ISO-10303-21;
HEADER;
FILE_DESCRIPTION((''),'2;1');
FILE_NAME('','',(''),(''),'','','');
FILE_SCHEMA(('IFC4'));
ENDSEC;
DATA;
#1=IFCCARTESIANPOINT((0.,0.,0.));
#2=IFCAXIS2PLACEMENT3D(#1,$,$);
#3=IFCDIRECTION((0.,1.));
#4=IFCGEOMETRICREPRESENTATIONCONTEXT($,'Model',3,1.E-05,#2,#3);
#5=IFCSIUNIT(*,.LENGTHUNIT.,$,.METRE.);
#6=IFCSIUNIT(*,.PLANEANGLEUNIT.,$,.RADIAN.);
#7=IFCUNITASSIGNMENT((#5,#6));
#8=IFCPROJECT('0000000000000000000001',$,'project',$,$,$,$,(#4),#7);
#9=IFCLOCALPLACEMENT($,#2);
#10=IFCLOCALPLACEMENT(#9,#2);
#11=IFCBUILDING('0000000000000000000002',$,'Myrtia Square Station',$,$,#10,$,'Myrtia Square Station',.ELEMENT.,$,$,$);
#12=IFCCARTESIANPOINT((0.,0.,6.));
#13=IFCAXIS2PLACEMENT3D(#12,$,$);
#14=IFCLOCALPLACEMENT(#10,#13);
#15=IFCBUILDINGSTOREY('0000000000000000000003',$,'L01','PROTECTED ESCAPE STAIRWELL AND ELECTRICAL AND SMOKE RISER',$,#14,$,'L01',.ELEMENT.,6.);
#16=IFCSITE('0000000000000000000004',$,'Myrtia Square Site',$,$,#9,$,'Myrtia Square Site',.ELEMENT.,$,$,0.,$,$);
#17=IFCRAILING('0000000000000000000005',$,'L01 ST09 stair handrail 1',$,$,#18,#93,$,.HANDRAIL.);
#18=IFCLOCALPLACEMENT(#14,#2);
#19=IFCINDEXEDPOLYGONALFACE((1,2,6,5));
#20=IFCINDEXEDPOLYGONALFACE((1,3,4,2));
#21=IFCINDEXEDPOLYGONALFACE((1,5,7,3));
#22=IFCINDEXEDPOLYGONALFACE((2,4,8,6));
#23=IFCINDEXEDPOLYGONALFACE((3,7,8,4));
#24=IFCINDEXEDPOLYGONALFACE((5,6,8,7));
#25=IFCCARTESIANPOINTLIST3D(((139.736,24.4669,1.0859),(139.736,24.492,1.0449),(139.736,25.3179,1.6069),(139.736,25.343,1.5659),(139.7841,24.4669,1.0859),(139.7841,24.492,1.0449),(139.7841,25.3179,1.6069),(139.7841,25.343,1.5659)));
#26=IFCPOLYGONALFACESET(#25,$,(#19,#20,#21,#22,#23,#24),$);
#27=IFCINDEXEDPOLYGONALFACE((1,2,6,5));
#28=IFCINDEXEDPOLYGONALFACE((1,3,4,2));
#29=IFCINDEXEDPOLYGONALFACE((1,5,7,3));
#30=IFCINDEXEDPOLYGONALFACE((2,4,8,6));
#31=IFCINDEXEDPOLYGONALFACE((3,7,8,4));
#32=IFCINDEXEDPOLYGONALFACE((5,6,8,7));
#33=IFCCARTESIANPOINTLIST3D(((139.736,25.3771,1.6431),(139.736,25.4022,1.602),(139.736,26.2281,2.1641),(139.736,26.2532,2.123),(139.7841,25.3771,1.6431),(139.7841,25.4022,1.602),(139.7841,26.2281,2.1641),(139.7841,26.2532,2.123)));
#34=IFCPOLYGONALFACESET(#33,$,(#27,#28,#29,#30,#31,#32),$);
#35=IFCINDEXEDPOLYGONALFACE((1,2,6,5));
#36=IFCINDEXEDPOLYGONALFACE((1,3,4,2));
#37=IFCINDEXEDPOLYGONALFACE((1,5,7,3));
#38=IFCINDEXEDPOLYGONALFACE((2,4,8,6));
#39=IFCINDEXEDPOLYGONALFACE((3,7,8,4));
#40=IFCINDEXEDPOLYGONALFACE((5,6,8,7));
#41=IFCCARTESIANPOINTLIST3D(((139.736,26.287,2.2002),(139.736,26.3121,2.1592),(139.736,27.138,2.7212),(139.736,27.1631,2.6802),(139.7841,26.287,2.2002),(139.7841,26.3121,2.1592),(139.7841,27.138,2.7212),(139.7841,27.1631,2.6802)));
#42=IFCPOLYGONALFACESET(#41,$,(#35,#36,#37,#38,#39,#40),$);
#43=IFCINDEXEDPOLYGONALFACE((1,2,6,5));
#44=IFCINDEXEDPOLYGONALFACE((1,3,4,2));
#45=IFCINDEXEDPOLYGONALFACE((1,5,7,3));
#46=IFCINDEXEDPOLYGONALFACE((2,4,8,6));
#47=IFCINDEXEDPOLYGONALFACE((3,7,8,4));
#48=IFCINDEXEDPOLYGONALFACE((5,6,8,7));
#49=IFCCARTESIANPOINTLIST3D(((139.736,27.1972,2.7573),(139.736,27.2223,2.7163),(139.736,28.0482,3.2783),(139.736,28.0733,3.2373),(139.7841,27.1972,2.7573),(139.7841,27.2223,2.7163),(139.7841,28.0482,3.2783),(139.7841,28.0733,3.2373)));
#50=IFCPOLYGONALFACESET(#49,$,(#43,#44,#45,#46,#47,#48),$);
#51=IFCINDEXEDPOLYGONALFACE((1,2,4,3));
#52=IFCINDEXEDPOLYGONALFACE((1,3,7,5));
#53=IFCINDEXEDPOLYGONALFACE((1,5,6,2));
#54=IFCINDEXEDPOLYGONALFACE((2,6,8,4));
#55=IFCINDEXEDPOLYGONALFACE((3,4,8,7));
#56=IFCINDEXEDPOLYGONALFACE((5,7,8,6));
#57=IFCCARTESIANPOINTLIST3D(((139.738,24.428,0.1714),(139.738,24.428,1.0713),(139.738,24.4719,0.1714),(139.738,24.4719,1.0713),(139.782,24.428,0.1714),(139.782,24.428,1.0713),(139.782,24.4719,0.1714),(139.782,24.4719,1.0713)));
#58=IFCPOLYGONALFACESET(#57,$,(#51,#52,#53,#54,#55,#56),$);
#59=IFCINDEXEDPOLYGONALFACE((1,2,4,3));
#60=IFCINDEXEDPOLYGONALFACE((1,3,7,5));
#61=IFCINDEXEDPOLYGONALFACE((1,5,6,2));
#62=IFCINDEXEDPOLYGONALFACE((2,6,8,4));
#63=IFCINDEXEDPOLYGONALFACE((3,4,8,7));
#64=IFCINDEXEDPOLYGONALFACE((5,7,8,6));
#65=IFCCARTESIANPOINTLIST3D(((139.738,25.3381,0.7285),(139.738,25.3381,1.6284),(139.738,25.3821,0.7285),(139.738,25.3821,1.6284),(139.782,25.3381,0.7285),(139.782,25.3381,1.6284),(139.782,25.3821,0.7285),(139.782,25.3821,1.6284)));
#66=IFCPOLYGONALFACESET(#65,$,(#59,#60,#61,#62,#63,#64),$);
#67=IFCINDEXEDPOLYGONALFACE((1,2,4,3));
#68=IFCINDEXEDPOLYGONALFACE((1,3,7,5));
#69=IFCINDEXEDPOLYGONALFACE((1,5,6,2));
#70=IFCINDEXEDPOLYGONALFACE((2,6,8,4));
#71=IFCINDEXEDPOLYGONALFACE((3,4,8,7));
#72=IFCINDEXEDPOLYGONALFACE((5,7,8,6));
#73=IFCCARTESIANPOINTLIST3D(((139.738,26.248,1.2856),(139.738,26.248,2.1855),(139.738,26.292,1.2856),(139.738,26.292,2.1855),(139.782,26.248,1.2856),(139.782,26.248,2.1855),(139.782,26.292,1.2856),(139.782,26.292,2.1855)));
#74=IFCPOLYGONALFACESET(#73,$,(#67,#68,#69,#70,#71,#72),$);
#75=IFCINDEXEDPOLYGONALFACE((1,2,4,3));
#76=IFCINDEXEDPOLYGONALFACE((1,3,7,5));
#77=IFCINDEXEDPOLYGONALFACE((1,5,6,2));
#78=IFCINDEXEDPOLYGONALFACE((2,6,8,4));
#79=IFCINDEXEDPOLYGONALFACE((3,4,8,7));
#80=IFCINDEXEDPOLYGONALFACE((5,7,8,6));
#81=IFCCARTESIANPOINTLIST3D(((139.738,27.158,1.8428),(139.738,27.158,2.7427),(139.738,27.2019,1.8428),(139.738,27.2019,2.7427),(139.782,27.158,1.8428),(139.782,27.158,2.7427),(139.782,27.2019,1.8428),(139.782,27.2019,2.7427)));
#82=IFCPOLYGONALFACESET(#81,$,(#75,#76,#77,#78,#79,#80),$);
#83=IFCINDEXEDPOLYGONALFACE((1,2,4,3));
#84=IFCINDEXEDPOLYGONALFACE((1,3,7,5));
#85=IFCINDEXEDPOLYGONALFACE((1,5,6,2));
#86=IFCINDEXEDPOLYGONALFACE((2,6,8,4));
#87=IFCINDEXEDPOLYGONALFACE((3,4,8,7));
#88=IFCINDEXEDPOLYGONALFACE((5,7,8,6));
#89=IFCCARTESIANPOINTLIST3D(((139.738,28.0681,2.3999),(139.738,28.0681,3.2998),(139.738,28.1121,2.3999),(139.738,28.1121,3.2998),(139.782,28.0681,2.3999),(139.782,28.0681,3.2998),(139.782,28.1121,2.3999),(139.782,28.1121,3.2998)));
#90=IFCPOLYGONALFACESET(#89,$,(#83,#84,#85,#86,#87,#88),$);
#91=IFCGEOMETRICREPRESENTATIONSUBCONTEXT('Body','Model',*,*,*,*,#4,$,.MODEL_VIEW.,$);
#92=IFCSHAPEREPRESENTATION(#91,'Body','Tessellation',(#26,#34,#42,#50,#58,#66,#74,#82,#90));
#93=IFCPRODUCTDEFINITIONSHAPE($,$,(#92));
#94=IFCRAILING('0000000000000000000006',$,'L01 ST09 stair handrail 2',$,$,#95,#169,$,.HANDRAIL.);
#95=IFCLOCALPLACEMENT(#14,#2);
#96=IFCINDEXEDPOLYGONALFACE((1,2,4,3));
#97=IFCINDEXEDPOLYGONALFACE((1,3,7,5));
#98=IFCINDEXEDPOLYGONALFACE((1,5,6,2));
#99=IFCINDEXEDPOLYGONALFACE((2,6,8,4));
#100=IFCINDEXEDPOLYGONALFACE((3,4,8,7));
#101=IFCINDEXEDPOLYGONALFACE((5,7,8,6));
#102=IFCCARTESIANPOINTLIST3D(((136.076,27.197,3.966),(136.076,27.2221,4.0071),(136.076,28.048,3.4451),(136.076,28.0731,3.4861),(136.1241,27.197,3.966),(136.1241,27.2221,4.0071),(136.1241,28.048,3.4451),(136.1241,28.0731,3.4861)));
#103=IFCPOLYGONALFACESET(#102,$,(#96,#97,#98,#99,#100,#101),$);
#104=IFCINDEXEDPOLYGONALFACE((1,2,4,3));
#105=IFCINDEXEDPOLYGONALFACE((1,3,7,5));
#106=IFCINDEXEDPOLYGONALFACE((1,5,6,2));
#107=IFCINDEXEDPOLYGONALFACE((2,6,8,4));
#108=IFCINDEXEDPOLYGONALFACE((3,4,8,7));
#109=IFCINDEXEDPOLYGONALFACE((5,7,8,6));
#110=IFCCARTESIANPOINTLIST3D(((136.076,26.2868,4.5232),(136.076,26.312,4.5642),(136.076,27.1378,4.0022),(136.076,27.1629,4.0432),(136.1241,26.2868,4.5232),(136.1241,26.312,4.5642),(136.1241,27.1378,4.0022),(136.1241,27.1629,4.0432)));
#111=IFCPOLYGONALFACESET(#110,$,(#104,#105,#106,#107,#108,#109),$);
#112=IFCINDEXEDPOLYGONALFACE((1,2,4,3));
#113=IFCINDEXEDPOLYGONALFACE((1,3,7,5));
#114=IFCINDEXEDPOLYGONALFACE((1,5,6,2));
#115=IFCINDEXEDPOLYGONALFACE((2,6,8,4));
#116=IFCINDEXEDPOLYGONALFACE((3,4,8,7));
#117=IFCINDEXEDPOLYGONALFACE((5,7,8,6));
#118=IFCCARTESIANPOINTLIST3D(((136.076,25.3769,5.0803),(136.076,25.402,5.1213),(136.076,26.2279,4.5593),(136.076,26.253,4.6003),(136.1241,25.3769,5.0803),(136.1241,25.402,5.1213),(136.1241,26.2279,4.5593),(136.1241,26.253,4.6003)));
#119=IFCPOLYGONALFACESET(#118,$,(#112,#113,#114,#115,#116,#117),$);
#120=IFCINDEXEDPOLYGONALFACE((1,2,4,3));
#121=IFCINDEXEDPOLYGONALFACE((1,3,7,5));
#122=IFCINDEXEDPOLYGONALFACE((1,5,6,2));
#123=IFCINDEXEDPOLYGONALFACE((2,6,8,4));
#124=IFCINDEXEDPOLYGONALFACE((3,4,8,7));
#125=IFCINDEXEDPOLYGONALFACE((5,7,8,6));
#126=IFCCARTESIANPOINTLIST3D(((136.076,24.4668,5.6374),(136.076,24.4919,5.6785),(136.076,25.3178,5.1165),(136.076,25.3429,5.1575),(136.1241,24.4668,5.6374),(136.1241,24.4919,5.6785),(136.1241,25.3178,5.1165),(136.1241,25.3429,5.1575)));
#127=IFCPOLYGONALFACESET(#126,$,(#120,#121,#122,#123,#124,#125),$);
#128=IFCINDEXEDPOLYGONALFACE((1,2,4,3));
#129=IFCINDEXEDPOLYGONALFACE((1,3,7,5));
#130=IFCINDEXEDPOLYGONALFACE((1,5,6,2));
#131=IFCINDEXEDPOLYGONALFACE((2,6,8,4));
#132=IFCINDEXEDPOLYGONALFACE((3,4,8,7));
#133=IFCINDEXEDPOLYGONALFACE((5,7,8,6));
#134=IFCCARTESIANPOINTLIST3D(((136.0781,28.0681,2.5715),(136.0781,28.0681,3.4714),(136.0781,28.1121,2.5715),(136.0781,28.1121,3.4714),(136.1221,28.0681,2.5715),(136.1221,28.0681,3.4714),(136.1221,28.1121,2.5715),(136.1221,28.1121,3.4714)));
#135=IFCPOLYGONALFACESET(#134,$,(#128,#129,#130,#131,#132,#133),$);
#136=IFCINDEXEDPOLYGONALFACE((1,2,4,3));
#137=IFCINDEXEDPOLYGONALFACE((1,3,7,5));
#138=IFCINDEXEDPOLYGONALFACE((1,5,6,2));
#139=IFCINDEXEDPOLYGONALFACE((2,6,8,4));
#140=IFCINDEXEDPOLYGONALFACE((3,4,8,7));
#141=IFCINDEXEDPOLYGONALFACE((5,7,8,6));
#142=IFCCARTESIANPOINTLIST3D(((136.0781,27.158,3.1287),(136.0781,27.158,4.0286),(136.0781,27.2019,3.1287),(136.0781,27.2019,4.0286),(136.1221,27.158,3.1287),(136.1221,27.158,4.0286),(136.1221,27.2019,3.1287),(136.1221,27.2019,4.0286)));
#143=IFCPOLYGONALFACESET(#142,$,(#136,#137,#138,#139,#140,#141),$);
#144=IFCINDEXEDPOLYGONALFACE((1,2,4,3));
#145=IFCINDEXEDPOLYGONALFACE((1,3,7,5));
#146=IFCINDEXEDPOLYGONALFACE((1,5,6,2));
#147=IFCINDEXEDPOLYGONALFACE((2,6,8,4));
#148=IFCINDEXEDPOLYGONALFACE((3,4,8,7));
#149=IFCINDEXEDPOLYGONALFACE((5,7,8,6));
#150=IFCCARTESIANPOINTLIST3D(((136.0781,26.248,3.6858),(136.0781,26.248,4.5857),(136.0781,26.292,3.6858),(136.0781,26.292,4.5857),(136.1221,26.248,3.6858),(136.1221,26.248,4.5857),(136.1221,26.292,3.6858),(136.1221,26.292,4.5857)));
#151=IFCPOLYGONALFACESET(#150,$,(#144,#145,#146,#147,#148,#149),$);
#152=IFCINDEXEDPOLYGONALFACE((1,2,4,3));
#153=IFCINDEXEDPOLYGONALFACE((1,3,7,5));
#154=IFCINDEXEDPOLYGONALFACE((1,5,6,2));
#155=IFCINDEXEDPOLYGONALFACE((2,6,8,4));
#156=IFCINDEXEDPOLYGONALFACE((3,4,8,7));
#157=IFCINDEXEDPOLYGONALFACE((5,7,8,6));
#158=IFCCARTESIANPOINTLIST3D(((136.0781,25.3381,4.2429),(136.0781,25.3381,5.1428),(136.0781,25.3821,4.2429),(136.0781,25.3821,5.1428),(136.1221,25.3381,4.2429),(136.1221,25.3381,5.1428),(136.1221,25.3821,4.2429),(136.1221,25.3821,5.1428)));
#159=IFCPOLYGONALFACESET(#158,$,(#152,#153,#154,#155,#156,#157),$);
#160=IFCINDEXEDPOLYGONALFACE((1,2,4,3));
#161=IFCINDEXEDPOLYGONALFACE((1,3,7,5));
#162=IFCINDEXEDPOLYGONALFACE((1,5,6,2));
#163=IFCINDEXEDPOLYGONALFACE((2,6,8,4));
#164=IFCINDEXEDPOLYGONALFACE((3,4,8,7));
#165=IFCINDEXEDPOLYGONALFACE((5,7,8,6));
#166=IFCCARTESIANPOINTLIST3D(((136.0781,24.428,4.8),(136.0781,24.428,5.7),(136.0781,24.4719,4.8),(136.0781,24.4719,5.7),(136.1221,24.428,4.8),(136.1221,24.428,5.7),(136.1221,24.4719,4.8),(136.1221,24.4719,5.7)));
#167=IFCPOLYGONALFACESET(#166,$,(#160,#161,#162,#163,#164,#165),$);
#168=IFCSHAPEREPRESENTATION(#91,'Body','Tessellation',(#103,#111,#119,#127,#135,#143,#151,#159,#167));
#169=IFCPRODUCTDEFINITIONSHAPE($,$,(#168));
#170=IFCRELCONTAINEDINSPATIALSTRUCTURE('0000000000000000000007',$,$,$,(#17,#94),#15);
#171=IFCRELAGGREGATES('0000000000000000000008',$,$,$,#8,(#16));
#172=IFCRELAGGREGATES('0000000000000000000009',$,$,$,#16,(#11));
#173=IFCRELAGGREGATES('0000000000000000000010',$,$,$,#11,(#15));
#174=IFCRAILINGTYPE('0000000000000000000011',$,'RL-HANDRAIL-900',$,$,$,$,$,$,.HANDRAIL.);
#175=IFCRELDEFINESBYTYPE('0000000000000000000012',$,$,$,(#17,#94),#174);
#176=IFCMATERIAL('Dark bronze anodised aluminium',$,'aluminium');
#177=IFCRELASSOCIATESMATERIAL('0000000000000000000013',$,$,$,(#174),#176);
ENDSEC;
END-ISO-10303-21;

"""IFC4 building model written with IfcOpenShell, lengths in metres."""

from ifc_helpers import new_model, si_unit, direction, frame, origin, origin_2d, place, context, subcontext, project, spatial, rectangle, extrude, material, type_object, element, save


model = new_model("IFC4")

# Units and contexts
model_context = context("Model", 3, precision=1e-05, world=origin(), true_north=direction((0.0, 1.0)))
body_context = subcontext(model_context, "Body", "Model", "MODEL_VIEW")
ifc_project = project(units=[si_unit("LENGTHUNIT", "METRE"), si_unit("PLANEANGLEUNIT", "RADIAN")], contexts=[model_context])

# Site, building, storey
site_placement = place(None, origin())
site = spatial("IfcSite", under=ifc_project, at=site_placement, Name="Myrtia Square Site", LongName="Myrtia Square Site", CompositionType="ELEMENT", RefElevation=0.0)
building_placement = place(site_placement, origin())
building = spatial("IfcBuilding", under=site, at=building_placement, Name="Myrtia Square Station", LongName="Myrtia Square Station", CompositionType="ELEMENT")
storey_placement = place(building_placement, frame((0.0, 0.0, 6.0)))
storey = spatial("IfcBuildingStorey", under=building, at=storey_placement, Name="L01", Description="PROTECTED ESCAPE STAIRWELL AND ELECTRICAL AND SMOKE RISER", LongName="L01", CompositionType="ELEMENT", Elevation=6.0)

# Shared definitions
ifc_material_1 = material(Name="Dark bronze anodised aluminium", Category="aluminium")

# Railings
railing_type_1 = type_object("IfcRailingType", Name="RL-HANDRAIL-900", PredefinedType="HANDRAIL", material=ifc_material_1)
railing_1_placement = place(storey_placement, frame((139.76, 24.45, 0.1714)))
element("IfcRailing", 1, at=railing_1_placement, inside=storey, type_object=railing_type_1, Name="L01 ST09 stair handrail 1", PredefinedType="HANDRAIL", context=body_context, shape_type="SweptSolid", body=[
    extrude(rectangle(XDim=0.0481, YDim=0.0481, at=origin_2d()), frame((0.0, 0.0295, 0.894), z_axis=(0.0, 0.852866, 0.52213), x_axis=(-1.0, 0.0, 0.0)), (0.0, 0.0, 1.0), 0.9978),
    extrude(rectangle(XDim=0.0481, YDim=0.0481, at=origin_2d()), frame((0.0, 0.9397, 1.4512), z_axis=(0.0, 0.852866, 0.52213), x_axis=(-1.0, 0.0, 0.0)), (0.0, 0.0, 1.0), 0.9978),
    extrude(rectangle(XDim=0.0481, YDim=0.0481, at=origin_2d()), frame((0.0, 1.8496, 2.0083), z_axis=(0.0, 0.852866, 0.52213), x_axis=(-1.0, 0.0, 0.0)), (0.0, 0.0, 1.0), 0.9978),
    extrude(rectangle(XDim=0.0481, YDim=0.0481, at=origin_2d()), frame((0.0, 2.7598, 2.5654), z_axis=(0.0, 0.852866, 0.52213), x_axis=(-1.0, 0.0, 0.0)), (0.0, 0.0, 1.0), 0.9978),
    extrude(rectangle(XDim=0.0439, YDim=0.0439, at=origin_2d()), origin(), (0.0, 0.0, 1.0), 0.8999),
    extrude(rectangle(XDim=0.0439, YDim=0.0439, at=origin_2d()), frame((0.0, 0.9102, 0.5571)), (0.0, 0.0, 1.0), 0.8999),
    extrude(rectangle(XDim=0.0439, YDim=0.0439, at=origin_2d()), frame((0.0, 1.8201, 1.1143)), (0.0, 0.0, 1.0), 0.8999),
    extrude(rectangle(XDim=0.0439, YDim=0.0439, at=origin_2d()), frame((0.0, 2.73, 1.6714)), (0.0, 0.0, 1.0), 0.8999),
    extrude(rectangle(XDim=0.0439, YDim=0.0439, at=origin_2d()), frame((0.0, 3.6401, 2.2285)), (0.0, 0.0, 1.0), 0.8999),
])
railing_2_placement = place(storey_placement, frame((136.1001, 28.0901, 2.5715)))
element("IfcRailing", 2, at=railing_2_placement, inside=storey, type_object=railing_type_1, Name="L01 ST09 stair handrail 2", PredefinedType="HANDRAIL", context=body_context, shape_type="SweptSolid", body=[
    extrude(rectangle(XDim=0.0481, YDim=0.0481, at=origin_2d()), frame((0.0, -0.0295, 0.894), z_axis=(0.0, -0.852866, 0.52213), x_axis=(1.0, 0.0, 0.0)), (0.0, 0.0, 1.0), 0.9978),
    extrude(rectangle(XDim=0.0481, YDim=0.0481, at=origin_2d()), frame((0.0, -0.9397, 1.4512), z_axis=(0.0, -0.852866, 0.52213), x_axis=(1.0, 0.0, 0.0)), (0.0, 0.0, 1.0), 0.9978),
    extrude(rectangle(XDim=0.0481, YDim=0.0481, at=origin_2d()), frame((0.0, -1.8496, 2.0083), z_axis=(0.0, -0.852866, 0.52213), x_axis=(1.0, 0.0, 0.0)), (0.0, 0.0, 1.0), 0.9978),
    extrude(rectangle(XDim=0.0481, YDim=0.0481, at=origin_2d()), frame((0.0, -2.7598, 2.5654), z_axis=(0.0, -0.852866, 0.52213), x_axis=(1.0, 0.0, 0.0)), (0.0, 0.0, 1.0), 0.9978),
    extrude(rectangle(XDim=0.0439, YDim=0.0439, at=origin_2d()), origin(), (0.0, 0.0, 1.0), 0.8999),
    extrude(rectangle(XDim=0.0439, YDim=0.0439, at=origin_2d()), frame((0.0, -0.9102, 0.5571)), (0.0, 0.0, 1.0), 0.8999),
    extrude(rectangle(XDim=0.0439, YDim=0.0439, at=origin_2d()), frame((0.0, -1.8201, 1.1143)), (0.0, 0.0, 1.0), 0.8999),
    extrude(rectangle(XDim=0.0439, YDim=0.0439, at=origin_2d()), frame((0.0, -2.73, 1.6714)), (0.0, 0.0, 1.0), 0.8999),
    extrude(rectangle(XDim=0.0439, YDim=0.0439, at=origin_2d()), frame((0.0, -3.6401, 2.2285)), (0.0, 0.0, 1.0), 0.8999),
])

save(model, "model.ifc")
